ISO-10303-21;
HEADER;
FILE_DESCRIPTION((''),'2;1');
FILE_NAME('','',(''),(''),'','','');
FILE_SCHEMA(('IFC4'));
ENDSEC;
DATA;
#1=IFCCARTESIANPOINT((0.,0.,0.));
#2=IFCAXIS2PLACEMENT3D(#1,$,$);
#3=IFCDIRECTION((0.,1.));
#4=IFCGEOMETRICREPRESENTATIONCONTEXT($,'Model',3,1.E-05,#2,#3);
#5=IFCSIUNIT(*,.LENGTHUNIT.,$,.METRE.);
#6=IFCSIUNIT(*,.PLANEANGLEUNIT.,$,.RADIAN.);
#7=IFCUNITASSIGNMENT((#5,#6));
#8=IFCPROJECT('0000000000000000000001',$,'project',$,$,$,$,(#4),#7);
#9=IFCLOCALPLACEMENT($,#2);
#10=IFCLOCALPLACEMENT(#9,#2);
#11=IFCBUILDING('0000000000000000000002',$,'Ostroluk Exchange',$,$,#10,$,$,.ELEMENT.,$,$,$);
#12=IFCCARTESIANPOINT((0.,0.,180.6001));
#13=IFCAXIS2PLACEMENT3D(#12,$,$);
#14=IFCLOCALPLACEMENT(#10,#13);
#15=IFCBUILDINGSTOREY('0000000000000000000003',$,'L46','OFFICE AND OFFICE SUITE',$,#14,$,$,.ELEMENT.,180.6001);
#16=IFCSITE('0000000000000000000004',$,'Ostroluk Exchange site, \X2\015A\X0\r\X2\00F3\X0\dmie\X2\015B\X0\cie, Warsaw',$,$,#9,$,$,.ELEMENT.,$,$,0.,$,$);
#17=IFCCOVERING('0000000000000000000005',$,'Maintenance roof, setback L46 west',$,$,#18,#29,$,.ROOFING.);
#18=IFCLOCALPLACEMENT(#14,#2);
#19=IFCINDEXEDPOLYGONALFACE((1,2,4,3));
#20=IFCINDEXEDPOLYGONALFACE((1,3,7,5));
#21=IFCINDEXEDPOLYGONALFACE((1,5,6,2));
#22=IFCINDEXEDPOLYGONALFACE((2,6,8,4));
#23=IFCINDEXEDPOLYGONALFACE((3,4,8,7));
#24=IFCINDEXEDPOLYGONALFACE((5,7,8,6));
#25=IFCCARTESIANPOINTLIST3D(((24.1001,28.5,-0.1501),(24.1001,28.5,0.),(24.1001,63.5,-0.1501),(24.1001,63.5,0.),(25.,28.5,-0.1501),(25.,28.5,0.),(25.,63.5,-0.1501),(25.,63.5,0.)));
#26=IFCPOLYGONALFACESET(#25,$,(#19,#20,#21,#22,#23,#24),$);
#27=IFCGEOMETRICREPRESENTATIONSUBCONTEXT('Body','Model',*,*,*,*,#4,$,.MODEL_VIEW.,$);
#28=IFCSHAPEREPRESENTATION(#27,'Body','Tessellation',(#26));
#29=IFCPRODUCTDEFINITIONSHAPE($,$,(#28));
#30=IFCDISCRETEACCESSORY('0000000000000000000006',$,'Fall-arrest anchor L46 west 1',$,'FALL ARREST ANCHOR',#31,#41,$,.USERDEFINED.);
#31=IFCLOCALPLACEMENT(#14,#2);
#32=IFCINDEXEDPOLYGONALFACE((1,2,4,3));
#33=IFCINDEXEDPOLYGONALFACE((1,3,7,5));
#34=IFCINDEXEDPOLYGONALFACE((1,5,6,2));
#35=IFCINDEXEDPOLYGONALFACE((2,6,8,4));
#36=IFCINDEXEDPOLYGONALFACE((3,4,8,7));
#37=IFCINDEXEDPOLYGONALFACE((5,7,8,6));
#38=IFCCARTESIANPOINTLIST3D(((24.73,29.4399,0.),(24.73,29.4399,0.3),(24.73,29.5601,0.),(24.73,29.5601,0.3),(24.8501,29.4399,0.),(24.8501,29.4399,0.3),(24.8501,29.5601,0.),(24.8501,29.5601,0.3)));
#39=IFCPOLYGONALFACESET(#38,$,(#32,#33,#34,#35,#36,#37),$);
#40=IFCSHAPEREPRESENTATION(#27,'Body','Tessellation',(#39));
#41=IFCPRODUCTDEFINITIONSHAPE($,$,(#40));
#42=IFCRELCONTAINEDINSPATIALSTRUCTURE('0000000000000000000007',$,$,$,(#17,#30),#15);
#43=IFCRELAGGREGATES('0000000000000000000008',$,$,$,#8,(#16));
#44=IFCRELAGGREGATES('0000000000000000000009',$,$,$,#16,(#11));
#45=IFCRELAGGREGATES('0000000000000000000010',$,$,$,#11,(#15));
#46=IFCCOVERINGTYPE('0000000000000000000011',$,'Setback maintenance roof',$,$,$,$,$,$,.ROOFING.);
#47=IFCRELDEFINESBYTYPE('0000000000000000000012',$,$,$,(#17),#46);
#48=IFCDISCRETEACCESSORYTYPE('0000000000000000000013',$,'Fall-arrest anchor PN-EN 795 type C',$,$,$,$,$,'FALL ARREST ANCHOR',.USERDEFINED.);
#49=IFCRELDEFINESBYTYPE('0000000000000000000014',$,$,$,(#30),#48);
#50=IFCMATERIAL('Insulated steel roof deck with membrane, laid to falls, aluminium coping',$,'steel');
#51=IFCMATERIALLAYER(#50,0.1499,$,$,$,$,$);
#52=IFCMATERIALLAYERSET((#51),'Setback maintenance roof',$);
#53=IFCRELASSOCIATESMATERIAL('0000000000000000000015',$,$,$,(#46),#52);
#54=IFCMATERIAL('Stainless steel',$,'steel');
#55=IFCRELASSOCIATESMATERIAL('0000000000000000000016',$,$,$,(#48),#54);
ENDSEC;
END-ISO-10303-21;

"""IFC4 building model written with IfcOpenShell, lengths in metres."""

from ifc_helpers import new_model, si_unit, direction, frame, origin, origin_2d, place, context, subcontext, project, spatial, polyline, rectangle, outline, extrude, material, layer, layer_set, type_object, element, save


model = new_model("IFC4")

# Units and contexts
model_context = context("Model", 3, precision=1e-05, world=origin(), true_north=direction((0.0, 1.0)))
body_context = subcontext(model_context, "Body", "Model", "MODEL_VIEW")
ifc_project = project(units=[si_unit("LENGTHUNIT", "METRE"), si_unit("PLANEANGLEUNIT", "RADIAN")], contexts=[model_context])

# Site, building, storey
site_placement = place(None, origin())
site = spatial("IfcSite", under=ifc_project, at=site_placement, Name="Ostroluk Exchange site, Śródmieście, Warsaw", CompositionType="ELEMENT", RefElevation=0.0)
building_placement = place(site_placement, origin())
building = spatial("IfcBuilding", under=site, at=building_placement, Name="Ostroluk Exchange", CompositionType="ELEMENT")
storey_placement = place(building_placement, frame((0.0, 0.0, 180.6001)))
storey = spatial("IfcBuildingStorey", under=building, at=storey_placement, Name="L46", Description="OFFICE AND OFFICE SUITE", CompositionType="ELEMENT", Elevation=180.6001)

# Covering
ifc_material_1 = material(Name="Insulated steel roof deck with membrane, laid to falls, aluminium coping", Category="steel")
ifc_layer_1 = layer(ifc_material_1, 0.1499)
ifc_layer_set_1 = layer_set([ifc_layer_1], Name="Setback maintenance roof")
covering_type = type_object("IfcCoveringType", Name="Setback maintenance roof", PredefinedType="ROOFING", material=ifc_layer_set_1)
covering_1_placement = place(storey_placement, frame((0.0, 0.0, -0.1501)))
element("IfcCovering", 1, at=covering_1_placement, inside=storey, type_object=covering_type, Name="Maintenance roof, setback L46 west", PredefinedType="ROOFING", context=body_context, shape_type="SweptSolid", body=[
    extrude(outline(polyline([(24.1001, 63.5), (25.0, 63.5), (25.0, 28.5), (24.1001, 28.5), (24.1001, 63.5)])), origin(), (0.0, 0.0, 1.0), 0.1501),
])

# Discrete accessory
ifc_material_2 = material(Name="Stainless steel", Category="steel")
discrete_accessory_type = type_object("IfcDiscreteAccessoryType", Name="Fall-arrest anchor PN-EN 795 type C", ElementType="FALL ARREST ANCHOR", PredefinedType="USERDEFINED", material=ifc_material_2)
discrete_accessory_placement = place(storey_placement, frame((24.79, 29.5, 0.0), z_axis=(0.0, 0.0, 1.0), x_axis=(1.0, 0.0, 0.0)))
element("IfcDiscreteAccessory", 2, at=discrete_accessory_placement, inside=storey, type_object=discrete_accessory_type, Name="Fall-arrest anchor L46 west 1", ObjectType="FALL ARREST ANCHOR", PredefinedType="USERDEFINED", context=body_context, shape_type="SweptSolid", body=[
    extrude(rectangle(XDim=0.1201, YDim=0.1201, at=origin_2d()), origin(), (0.0, 0.0, 1.0), 0.3),
])

save(model, "model.ifc")
